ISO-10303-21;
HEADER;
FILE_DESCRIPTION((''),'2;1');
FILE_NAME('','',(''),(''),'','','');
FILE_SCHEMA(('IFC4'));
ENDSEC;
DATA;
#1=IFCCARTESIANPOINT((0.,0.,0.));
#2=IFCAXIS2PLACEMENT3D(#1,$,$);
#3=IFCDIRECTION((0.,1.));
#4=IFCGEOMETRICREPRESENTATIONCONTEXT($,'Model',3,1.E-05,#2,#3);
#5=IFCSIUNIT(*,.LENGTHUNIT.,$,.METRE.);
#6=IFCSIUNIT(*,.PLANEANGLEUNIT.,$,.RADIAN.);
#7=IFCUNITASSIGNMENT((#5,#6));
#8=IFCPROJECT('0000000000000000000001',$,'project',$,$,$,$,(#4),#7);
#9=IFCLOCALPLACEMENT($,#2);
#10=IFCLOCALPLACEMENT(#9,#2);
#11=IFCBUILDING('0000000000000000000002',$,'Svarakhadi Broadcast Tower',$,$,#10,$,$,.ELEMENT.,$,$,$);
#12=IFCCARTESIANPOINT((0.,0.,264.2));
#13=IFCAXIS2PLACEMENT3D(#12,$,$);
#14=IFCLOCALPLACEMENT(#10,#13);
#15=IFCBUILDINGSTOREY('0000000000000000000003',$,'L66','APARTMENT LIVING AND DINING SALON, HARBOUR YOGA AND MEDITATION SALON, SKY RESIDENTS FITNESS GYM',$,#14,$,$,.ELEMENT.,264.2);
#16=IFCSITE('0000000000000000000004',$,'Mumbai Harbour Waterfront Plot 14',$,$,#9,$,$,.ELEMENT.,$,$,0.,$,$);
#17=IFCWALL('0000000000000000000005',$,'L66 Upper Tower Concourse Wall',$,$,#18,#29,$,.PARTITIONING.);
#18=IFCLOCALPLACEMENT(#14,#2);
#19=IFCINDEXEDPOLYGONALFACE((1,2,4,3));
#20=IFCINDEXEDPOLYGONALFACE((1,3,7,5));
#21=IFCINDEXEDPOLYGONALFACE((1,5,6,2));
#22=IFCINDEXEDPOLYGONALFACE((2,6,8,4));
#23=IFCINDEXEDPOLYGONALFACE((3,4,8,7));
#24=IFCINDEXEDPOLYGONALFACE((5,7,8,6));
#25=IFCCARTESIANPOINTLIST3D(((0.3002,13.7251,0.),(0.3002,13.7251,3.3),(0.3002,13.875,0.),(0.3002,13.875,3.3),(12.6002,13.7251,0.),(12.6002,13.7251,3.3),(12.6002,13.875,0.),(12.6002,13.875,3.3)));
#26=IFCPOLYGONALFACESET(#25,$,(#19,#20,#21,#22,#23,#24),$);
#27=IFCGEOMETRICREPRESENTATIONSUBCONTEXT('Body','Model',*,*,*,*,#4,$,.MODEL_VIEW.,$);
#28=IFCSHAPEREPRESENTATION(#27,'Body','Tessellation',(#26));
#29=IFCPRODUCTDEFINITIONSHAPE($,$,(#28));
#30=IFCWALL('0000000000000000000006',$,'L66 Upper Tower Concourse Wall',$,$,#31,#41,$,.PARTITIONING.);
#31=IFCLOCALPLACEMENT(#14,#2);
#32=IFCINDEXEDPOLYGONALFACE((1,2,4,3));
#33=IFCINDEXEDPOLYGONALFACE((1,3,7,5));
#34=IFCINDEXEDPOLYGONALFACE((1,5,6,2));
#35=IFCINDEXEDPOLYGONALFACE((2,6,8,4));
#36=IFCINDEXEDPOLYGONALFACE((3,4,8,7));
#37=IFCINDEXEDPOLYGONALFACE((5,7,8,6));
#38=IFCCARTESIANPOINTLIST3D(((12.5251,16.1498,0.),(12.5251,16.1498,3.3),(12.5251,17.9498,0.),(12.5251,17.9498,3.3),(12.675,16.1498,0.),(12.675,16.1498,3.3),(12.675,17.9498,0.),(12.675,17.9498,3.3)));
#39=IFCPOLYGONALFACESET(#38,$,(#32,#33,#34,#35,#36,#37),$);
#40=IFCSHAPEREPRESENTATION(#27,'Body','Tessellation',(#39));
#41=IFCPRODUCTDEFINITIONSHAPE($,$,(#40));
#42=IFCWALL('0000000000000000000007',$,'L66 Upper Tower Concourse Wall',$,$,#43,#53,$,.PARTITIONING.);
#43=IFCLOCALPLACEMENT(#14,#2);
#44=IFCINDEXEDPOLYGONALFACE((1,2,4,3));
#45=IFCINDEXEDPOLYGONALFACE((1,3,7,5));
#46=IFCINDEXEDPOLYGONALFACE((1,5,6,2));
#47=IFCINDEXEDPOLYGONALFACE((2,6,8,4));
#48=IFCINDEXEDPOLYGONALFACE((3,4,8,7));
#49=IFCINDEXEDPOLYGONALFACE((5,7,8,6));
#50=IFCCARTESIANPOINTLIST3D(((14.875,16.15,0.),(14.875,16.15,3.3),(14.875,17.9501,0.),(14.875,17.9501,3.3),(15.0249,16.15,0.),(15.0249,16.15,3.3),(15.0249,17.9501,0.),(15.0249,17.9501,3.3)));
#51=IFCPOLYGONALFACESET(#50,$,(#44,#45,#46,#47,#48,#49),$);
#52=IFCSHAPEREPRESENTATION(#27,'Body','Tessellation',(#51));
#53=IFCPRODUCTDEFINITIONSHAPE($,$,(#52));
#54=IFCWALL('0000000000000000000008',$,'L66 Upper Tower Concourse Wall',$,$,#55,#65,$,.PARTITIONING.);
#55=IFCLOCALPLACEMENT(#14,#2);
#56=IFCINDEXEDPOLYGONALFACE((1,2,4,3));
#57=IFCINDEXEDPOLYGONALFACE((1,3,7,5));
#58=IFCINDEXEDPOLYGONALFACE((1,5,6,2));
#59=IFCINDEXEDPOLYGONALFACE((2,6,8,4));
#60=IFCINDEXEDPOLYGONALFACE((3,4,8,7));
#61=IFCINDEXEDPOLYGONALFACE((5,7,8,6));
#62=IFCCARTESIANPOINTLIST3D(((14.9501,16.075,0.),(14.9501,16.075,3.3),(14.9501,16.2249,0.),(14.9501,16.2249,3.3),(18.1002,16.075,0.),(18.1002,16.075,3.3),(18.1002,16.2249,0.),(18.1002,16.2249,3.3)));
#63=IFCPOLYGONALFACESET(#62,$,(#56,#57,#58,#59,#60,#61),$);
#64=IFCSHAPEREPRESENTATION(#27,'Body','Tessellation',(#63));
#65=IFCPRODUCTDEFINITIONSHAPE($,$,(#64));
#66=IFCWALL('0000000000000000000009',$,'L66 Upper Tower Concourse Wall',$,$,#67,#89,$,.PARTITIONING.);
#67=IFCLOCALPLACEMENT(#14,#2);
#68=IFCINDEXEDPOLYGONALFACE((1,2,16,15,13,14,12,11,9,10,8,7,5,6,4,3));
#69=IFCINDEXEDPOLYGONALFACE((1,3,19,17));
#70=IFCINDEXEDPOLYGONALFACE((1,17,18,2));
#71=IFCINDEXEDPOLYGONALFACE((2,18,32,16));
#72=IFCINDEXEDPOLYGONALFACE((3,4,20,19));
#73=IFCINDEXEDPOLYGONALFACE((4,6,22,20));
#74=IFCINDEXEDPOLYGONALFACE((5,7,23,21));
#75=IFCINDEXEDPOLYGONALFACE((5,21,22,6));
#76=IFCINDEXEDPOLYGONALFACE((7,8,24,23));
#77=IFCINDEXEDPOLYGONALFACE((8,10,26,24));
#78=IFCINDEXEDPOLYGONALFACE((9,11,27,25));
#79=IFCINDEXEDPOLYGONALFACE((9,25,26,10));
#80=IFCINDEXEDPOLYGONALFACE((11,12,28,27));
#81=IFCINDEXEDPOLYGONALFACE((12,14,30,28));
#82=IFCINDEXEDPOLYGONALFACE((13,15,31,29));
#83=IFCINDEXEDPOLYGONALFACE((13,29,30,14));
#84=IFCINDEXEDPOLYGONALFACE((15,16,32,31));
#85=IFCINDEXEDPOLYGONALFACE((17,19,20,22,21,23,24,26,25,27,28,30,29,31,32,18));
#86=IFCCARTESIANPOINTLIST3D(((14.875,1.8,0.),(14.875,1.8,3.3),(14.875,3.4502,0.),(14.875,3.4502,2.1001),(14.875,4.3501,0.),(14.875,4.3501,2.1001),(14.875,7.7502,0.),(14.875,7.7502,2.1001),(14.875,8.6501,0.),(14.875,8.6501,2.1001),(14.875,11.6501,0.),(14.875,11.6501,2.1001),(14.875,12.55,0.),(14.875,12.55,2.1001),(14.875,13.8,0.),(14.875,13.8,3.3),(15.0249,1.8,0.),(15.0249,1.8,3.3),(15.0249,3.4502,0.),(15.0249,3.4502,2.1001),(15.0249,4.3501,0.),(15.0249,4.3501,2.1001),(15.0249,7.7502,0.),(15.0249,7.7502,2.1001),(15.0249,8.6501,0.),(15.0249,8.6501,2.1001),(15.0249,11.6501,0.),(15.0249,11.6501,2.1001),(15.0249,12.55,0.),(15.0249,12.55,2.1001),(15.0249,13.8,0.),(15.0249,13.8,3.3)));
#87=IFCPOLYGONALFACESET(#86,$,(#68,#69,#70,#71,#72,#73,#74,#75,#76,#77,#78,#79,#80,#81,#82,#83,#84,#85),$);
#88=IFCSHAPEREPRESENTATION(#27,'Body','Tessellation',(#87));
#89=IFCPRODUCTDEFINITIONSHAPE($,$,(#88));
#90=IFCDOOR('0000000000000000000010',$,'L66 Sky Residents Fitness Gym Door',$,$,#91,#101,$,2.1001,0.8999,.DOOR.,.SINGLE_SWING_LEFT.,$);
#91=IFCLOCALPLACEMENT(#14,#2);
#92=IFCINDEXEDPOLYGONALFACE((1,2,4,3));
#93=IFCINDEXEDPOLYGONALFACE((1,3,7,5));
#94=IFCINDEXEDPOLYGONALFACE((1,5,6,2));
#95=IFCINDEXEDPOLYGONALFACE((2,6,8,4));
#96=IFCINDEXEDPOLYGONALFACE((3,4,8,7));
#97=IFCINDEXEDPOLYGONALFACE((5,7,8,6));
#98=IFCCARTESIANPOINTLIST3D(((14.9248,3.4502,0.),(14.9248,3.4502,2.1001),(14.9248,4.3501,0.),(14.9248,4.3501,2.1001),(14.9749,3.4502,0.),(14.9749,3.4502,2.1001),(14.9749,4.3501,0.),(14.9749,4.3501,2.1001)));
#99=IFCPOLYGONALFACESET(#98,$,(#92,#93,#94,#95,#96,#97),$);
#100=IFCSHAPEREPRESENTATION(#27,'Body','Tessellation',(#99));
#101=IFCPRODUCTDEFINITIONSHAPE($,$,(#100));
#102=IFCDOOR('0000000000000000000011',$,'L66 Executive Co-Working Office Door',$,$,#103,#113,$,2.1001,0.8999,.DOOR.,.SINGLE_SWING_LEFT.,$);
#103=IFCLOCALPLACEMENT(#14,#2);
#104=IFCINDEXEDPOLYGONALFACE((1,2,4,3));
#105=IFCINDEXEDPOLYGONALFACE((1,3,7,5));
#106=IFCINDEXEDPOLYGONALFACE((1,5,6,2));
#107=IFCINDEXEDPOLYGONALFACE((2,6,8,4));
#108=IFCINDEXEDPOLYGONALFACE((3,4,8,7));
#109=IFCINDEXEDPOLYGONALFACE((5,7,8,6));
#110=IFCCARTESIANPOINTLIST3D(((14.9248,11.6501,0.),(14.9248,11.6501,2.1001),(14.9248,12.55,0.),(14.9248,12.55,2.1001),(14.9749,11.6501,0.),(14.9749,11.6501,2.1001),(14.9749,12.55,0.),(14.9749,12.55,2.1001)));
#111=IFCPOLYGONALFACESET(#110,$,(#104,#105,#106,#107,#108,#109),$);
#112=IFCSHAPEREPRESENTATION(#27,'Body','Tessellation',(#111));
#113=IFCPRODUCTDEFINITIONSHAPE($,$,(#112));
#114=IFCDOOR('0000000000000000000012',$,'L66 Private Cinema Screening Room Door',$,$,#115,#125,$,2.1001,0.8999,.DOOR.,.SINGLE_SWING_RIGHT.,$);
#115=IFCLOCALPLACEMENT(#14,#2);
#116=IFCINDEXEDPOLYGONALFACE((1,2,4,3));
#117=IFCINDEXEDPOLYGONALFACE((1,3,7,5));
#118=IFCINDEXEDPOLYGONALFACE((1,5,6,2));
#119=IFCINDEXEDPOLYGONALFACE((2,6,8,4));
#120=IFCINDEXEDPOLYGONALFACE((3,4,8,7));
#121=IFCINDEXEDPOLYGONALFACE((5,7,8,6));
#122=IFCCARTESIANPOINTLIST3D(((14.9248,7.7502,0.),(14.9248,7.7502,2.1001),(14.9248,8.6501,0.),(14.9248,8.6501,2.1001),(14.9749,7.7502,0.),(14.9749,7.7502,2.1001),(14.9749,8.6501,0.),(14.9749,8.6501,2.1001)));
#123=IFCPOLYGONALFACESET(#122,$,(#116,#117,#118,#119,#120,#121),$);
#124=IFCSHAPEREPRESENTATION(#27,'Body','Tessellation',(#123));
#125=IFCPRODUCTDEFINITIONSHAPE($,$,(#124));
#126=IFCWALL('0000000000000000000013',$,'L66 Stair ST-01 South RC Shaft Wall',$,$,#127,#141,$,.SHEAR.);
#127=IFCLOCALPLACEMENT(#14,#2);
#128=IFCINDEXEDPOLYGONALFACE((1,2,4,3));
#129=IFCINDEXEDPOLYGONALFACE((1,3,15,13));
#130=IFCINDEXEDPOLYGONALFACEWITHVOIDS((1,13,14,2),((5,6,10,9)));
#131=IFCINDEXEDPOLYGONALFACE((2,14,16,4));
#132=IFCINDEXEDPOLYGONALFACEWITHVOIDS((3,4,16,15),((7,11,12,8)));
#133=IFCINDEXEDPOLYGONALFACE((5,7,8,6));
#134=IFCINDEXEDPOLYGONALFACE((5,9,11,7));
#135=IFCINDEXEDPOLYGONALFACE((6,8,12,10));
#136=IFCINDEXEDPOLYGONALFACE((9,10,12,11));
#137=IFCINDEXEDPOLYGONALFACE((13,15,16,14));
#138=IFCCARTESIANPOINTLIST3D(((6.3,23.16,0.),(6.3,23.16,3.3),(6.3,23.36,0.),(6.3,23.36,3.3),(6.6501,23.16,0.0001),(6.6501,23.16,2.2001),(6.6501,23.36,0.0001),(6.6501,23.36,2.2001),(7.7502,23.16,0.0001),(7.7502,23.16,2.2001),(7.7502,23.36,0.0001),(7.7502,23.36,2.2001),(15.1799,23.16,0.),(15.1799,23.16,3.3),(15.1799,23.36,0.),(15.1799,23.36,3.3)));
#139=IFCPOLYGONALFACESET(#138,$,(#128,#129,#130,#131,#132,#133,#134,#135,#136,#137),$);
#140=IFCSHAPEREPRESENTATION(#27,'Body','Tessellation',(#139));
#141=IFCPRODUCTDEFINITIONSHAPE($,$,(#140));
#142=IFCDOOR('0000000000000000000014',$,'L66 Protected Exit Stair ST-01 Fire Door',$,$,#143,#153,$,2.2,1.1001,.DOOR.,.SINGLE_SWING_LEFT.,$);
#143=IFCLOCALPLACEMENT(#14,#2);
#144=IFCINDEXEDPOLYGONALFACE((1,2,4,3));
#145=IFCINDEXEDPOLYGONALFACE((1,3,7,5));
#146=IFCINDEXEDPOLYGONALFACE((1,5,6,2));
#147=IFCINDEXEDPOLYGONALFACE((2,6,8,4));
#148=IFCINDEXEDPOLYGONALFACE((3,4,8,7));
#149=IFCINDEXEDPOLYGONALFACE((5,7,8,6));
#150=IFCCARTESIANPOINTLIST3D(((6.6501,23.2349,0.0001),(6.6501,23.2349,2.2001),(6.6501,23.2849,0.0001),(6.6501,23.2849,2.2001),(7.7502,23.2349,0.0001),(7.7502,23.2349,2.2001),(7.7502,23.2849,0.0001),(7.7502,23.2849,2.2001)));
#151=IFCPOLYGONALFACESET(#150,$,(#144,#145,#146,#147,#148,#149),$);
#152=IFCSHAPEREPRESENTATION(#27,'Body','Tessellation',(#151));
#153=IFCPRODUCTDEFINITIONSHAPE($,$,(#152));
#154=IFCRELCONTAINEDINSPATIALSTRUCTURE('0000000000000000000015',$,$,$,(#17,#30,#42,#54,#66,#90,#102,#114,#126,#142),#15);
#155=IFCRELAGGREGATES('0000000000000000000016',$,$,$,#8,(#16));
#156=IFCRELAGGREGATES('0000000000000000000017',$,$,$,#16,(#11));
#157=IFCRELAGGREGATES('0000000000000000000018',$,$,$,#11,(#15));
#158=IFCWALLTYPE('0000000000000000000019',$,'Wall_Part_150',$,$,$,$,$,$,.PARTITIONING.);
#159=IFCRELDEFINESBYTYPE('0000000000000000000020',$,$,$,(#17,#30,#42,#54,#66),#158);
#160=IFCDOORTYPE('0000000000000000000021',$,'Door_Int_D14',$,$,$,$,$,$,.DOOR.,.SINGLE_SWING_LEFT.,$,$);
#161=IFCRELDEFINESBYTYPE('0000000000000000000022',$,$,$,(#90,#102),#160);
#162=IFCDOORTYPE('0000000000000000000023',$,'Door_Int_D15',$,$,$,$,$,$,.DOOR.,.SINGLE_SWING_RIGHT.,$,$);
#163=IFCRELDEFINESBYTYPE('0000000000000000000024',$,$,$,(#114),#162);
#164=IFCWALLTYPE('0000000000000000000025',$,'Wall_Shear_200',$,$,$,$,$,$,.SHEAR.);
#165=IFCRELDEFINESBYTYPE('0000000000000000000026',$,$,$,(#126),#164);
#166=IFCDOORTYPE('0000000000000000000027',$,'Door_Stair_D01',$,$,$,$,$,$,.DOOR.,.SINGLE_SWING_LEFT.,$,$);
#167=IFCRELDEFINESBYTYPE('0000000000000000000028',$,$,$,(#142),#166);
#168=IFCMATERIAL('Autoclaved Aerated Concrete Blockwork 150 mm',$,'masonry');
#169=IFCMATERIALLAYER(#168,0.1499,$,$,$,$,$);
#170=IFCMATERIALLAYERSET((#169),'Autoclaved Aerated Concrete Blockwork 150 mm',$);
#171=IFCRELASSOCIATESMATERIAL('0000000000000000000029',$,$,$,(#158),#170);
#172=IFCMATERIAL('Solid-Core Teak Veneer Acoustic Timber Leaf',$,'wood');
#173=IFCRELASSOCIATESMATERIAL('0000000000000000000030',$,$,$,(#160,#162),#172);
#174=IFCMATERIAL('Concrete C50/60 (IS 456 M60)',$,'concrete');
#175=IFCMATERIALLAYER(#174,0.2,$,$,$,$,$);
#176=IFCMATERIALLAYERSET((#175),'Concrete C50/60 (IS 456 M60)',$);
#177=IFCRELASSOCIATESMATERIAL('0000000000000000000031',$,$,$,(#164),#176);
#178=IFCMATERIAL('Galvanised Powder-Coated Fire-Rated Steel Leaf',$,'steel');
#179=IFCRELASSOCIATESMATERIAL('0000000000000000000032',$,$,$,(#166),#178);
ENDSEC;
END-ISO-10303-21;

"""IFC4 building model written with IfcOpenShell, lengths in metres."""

from ifc_helpers import new_model, si_unit, direction, frame, frame_2d, origin, place, context, subcontext, project, spatial, rectangle, extrude, material, layer, layer_set, type_object, element, fill, save


model = new_model("IFC4")

# Units and contexts
model_context = context("Model", 3, precision=1e-05, world=origin(), true_north=direction((0.0, 1.0)))
body_context = subcontext(model_context, "Body", "Model", "MODEL_VIEW")
ifc_project = project(units=[si_unit("LENGTHUNIT", "METRE"), si_unit("PLANEANGLEUNIT", "RADIAN")], contexts=[model_context])

# Site, building, storey
site_placement = place(None, origin())
site = spatial("IfcSite", under=ifc_project, at=site_placement, Name="Mumbai Harbour Waterfront Plot 14", CompositionType="ELEMENT", RefElevation=0.0)
building_placement = place(site_placement, origin())
building = spatial("IfcBuilding", under=site, at=building_placement, Name="Svarakhadi Broadcast Tower", CompositionType="ELEMENT")
storey_placement = place(building_placement, frame((0.0, 0.0, 264.2)))
storey = spatial("IfcBuildingStorey", under=building, at=storey_placement, Name="L66", Description="APARTMENT LIVING AND DINING SALON, HARBOUR YOGA AND MEDITATION SALON, SKY RESIDENTS FITNESS GYM", CompositionType="ELEMENT", Elevation=264.2)

# Shared definitions
ifc_material_1 = material(Name="Concrete C50/60 (IS 456 M60)", Category="concrete")

# Walls
ifc_material_2 = material(Name="Autoclaved Aerated Concrete Blockwork 150 mm", Category="masonry")
ifc_layer_1 = layer(ifc_material_2, 0.1499)
ifc_layer_set_1 = layer_set([ifc_layer_1], Name="Autoclaved Aerated Concrete Blockwork 150 mm")
wall_type_1 = type_object("IfcWallType", Name="Wall_Part_150", PredefinedType="PARTITIONING", material=ifc_layer_set_1)
wall_1_placement = place(storey_placement, frame((12.6001, 13.8, 0.0), z_axis=(0.0, 0.0, 1.0), x_axis=(-1.0, 0.0, 0.0)))
element("IfcWall", 1, at=wall_1_placement, inside=storey, type_object=wall_type_1, Name="L66 Upper Tower Concourse Wall", PredefinedType="PARTITIONING", context=body_context, shape_type="SweptSolid", body=[
    extrude(rectangle(XDim=12.3, YDim=0.1499, at=frame_2d((6.1499, 0.0))), origin(), (0.0, 0.0, 1.0), 3.3),
])
for number, where, z_axis, x_axis, name in (
    (2, (12.6001, 16.1499, 0.0), (0.0, 0.0, 1.0), (0.0, 1.0, 0.0), "L66 Upper Tower Concourse Wall"),
    (3, (14.95, 17.95, 0.0), (0.0, 0.0, 1.0), (0.0, -1.0, 0.0), "L66 Upper Tower Concourse Wall"),
):
    element("IfcWall", number, at=place(storey_placement, frame(where, z_axis=z_axis, x_axis=x_axis)), inside=storey, type_object=wall_type_1, Name=name, PredefinedType="PARTITIONING", context=body_context, shape_type="SweptSolid", body=[
        extrude(rectangle(XDim=1.8, YDim=0.1499, at=frame_2d((0.8999, 0.0))), origin(), (0.0, 0.0, 1.0), 3.3),
    ])
wall_2_placement = place(storey_placement, frame((14.95, 16.1499, 0.0), z_axis=(0.0, 0.0, 1.0), x_axis=(1.0, 0.0, 0.0)))
element("IfcWall", 4, at=wall_2_placement, inside=storey, type_object=wall_type_1, Name="L66 Upper Tower Concourse Wall", PredefinedType="PARTITIONING", context=body_context, shape_type="SweptSolid", body=[
    extrude(rectangle(XDim=3.1501, YDim=0.1499, at=frame_2d((1.5752, 0.0))), origin(), (0.0, 0.0, 1.0), 3.3),
])

# Wall, openings, doors
wall_3_placement = place(storey_placement, frame((14.95, 13.8, 0.0), z_axis=(0.0, 0.0, 1.0), x_axis=(0.0, -1.0, 0.0)))
wall_3 = element("IfcWall", 5, at=wall_3_placement, inside=storey, type_object=wall_type_1, Name="L66 Upper Tower Concourse Wall", PredefinedType="PARTITIONING", context=body_context, shape_type="SweptSolid", body=[
    extrude(rectangle(XDim=12.0, YDim=0.1499, at=frame_2d((6.0, 0.0))), origin(), (0.0, 0.0, 1.0), 3.3),
])
opening_1_placement = place(wall_3_placement, frame((9.45, 0.0, 0.0)))
opening_1 = element("IfcOpeningElement", 6, at=opening_1_placement, cuts=wall_3, PredefinedType="OPENING", context=body_context, shape_type="SweptSolid", body=[
    extrude(rectangle(XDim=0.8999, YDim=2.1001, at=frame_2d((0.45, 1.05))), frame((0.0, 0.085, 0.0), z_axis=(0.0, -1.0, 0.0), x_axis=(1.0, 0.0, 0.0)), (0.0, 0.0, 1.0), 0.1699),
])
opening_2_placement = place(wall_3_placement, frame((5.1499, 0.0, 0.0)))
opening_2 = element("IfcOpeningElement", 7, at=opening_2_placement, cuts=wall_3, PredefinedType="OPENING", context=body_context, shape_type="SweptSolid", body=[
    extrude(rectangle(XDim=0.8999, YDim=2.1001, at=frame_2d((0.45, 1.05))), frame((0.0, 0.085, 0.0), z_axis=(0.0, -1.0, 0.0), x_axis=(1.0, 0.0, 0.0)), (0.0, 0.0, 1.0), 0.1699),
])
opening_3_placement = place(wall_3_placement, frame((1.25, 0.0, 0.0)))
opening_3 = element("IfcOpeningElement", 8, at=opening_3_placement, cuts=wall_3, PredefinedType="OPENING", context=body_context, shape_type="SweptSolid", body=[
    extrude(rectangle(XDim=0.8999, YDim=2.1001, at=frame_2d((0.45, 1.05))), frame((0.0, 0.085, 0.0), z_axis=(0.0, -1.0, 0.0), x_axis=(1.0, 0.0, 0.0)), (0.0, 0.0, 1.0), 0.1699),
])
ifc_material_3 = material(Name="Solid-Core Teak Veneer Acoustic Timber Leaf", Category="wood")
door_type_1 = type_object("IfcDoorType", Name="Door_Int_D14", OperationType="SINGLE_SWING_LEFT", PredefinedType="DOOR", material=ifc_material_3)
door_1_placement = place(opening_1_placement, origin())
door_1 = element("IfcDoor", 9, at=door_1_placement, inside=storey, type_object=door_type_1, Name="L66 Sky Residents Fitness Gym Door", OperationType="SINGLE_SWING_LEFT", OverallHeight=2.1001, OverallWidth=0.8999, PredefinedType="DOOR", context=body_context, shape_type="SweptSolid", body=[
    extrude(rectangle(XDim=0.8999, YDim=2.1001, at=frame_2d((0.45, 1.05))), frame((0.0, 0.0249, 0.0), z_axis=(0.0, -1.0, 0.0), x_axis=(1.0, 0.0, 0.0)), (0.0, 0.0, 1.0), 0.05),
])
fill(opening_1, door_1)
door_2_placement = place(opening_3_placement, origin())
door_2 = element("IfcDoor", 10, at=door_2_placement, inside=storey, type_object=door_type_1, Name="L66 Executive Co-Working Office Door", OperationType="SINGLE_SWING_LEFT", OverallHeight=2.1001, OverallWidth=0.8999, PredefinedType="DOOR", context=body_context, shape_type="SweptSolid", body=[
    extrude(rectangle(XDim=0.8999, YDim=2.1001, at=frame_2d((0.45, 1.05))), frame((0.0, 0.0249, 0.0), z_axis=(0.0, -1.0, 0.0), x_axis=(1.0, 0.0, 0.0)), (0.0, 0.0, 1.0), 0.05),
])
fill(opening_3, door_2)
door_type_2 = type_object("IfcDoorType", Name="Door_Int_D15", OperationType="SINGLE_SWING_RIGHT", PredefinedType="DOOR", material=ifc_material_3)
door_3_placement = place(opening_2_placement, origin())
door_3 = element("IfcDoor", 11, at=door_3_placement, inside=storey, type_object=door_type_2, Name="L66 Private Cinema Screening Room Door", OperationType="SINGLE_SWING_RIGHT", OverallHeight=2.1001, OverallWidth=0.8999, PredefinedType="DOOR", context=body_context, shape_type="SweptSolid", body=[
    extrude(rectangle(XDim=0.8999, YDim=2.1001, at=frame_2d((0.45, 1.05))), frame((0.0, 0.0249, 0.0), z_axis=(0.0, -1.0, 0.0), x_axis=(1.0, 0.0, 0.0)), (0.0, 0.0, 1.0), 0.05),
])
fill(opening_2, door_3)

# Wall, opening, door
ifc_layer_2 = layer(ifc_material_1, 0.2)
ifc_layer_set_2 = layer_set([ifc_layer_2], Name="Concrete C50/60 (IS 456 M60)")
wall_type_2 = type_object("IfcWallType", Name="Wall_Shear_200", PredefinedType="SHEAR", material=ifc_layer_set_2)
wall_4_placement = place(storey_placement, frame((6.3, 23.26, 0.0), z_axis=(0.0, 0.0, 1.0), x_axis=(1.0, 0.0, 0.0)))
wall_4 = element("IfcWall", 12, at=wall_4_placement, inside=storey, type_object=wall_type_2, Name="L66 Stair ST-01 South RC Shaft Wall", PredefinedType="SHEAR", context=body_context, shape_type="SweptSolid", body=[
    extrude(rectangle(XDim=8.8799, YDim=0.2, at=frame_2d((4.4399, 0.0))), origin(), (0.0, 0.0, 1.0), 3.3),
])
opening_4_placement = place(wall_4_placement, frame((0.3501, 0.0, 0.0)))
opening_4 = element("IfcOpeningElement", 13, at=opening_4_placement, cuts=wall_4, PredefinedType="OPENING", context=body_context, shape_type="SweptSolid", body=[
    extrude(rectangle(XDim=1.1001, YDim=2.2, at=frame_2d((0.55, 1.1001))), frame((0.0, 0.1099, 0.0), z_axis=(0.0, -1.0, 0.0), x_axis=(1.0, 0.0, 0.0)), (0.0, 0.0, 1.0), 0.22),
])
ifc_material_4 = material(Name="Galvanised Powder-Coated Fire-Rated Steel Leaf", Category="steel")
door_type_3 = type_object("IfcDoorType", Name="Door_Stair_D01", OperationType="SINGLE_SWING_LEFT", PredefinedType="DOOR", material=ifc_material_4)
door_4_placement = place(opening_4_placement, origin())
door_4 = element("IfcDoor", 14, at=door_4_placement, inside=storey, type_object=door_type_3, Name="L66 Protected Exit Stair ST-01 Fire Door", OperationType="SINGLE_SWING_LEFT", OverallHeight=2.2, OverallWidth=1.1001, PredefinedType="DOOR", context=body_context, shape_type="SweptSolid", body=[
    extrude(rectangle(XDim=1.1001, YDim=2.2, at=frame_2d((0.55, 1.1001))), frame((0.0, 0.0249, 0.0), z_axis=(0.0, -1.0, 0.0), x_axis=(1.0, 0.0, 0.0)), (0.0, 0.0, 1.0), 0.05),
])
fill(opening_4, door_4)

save(model, "model.ifc")
